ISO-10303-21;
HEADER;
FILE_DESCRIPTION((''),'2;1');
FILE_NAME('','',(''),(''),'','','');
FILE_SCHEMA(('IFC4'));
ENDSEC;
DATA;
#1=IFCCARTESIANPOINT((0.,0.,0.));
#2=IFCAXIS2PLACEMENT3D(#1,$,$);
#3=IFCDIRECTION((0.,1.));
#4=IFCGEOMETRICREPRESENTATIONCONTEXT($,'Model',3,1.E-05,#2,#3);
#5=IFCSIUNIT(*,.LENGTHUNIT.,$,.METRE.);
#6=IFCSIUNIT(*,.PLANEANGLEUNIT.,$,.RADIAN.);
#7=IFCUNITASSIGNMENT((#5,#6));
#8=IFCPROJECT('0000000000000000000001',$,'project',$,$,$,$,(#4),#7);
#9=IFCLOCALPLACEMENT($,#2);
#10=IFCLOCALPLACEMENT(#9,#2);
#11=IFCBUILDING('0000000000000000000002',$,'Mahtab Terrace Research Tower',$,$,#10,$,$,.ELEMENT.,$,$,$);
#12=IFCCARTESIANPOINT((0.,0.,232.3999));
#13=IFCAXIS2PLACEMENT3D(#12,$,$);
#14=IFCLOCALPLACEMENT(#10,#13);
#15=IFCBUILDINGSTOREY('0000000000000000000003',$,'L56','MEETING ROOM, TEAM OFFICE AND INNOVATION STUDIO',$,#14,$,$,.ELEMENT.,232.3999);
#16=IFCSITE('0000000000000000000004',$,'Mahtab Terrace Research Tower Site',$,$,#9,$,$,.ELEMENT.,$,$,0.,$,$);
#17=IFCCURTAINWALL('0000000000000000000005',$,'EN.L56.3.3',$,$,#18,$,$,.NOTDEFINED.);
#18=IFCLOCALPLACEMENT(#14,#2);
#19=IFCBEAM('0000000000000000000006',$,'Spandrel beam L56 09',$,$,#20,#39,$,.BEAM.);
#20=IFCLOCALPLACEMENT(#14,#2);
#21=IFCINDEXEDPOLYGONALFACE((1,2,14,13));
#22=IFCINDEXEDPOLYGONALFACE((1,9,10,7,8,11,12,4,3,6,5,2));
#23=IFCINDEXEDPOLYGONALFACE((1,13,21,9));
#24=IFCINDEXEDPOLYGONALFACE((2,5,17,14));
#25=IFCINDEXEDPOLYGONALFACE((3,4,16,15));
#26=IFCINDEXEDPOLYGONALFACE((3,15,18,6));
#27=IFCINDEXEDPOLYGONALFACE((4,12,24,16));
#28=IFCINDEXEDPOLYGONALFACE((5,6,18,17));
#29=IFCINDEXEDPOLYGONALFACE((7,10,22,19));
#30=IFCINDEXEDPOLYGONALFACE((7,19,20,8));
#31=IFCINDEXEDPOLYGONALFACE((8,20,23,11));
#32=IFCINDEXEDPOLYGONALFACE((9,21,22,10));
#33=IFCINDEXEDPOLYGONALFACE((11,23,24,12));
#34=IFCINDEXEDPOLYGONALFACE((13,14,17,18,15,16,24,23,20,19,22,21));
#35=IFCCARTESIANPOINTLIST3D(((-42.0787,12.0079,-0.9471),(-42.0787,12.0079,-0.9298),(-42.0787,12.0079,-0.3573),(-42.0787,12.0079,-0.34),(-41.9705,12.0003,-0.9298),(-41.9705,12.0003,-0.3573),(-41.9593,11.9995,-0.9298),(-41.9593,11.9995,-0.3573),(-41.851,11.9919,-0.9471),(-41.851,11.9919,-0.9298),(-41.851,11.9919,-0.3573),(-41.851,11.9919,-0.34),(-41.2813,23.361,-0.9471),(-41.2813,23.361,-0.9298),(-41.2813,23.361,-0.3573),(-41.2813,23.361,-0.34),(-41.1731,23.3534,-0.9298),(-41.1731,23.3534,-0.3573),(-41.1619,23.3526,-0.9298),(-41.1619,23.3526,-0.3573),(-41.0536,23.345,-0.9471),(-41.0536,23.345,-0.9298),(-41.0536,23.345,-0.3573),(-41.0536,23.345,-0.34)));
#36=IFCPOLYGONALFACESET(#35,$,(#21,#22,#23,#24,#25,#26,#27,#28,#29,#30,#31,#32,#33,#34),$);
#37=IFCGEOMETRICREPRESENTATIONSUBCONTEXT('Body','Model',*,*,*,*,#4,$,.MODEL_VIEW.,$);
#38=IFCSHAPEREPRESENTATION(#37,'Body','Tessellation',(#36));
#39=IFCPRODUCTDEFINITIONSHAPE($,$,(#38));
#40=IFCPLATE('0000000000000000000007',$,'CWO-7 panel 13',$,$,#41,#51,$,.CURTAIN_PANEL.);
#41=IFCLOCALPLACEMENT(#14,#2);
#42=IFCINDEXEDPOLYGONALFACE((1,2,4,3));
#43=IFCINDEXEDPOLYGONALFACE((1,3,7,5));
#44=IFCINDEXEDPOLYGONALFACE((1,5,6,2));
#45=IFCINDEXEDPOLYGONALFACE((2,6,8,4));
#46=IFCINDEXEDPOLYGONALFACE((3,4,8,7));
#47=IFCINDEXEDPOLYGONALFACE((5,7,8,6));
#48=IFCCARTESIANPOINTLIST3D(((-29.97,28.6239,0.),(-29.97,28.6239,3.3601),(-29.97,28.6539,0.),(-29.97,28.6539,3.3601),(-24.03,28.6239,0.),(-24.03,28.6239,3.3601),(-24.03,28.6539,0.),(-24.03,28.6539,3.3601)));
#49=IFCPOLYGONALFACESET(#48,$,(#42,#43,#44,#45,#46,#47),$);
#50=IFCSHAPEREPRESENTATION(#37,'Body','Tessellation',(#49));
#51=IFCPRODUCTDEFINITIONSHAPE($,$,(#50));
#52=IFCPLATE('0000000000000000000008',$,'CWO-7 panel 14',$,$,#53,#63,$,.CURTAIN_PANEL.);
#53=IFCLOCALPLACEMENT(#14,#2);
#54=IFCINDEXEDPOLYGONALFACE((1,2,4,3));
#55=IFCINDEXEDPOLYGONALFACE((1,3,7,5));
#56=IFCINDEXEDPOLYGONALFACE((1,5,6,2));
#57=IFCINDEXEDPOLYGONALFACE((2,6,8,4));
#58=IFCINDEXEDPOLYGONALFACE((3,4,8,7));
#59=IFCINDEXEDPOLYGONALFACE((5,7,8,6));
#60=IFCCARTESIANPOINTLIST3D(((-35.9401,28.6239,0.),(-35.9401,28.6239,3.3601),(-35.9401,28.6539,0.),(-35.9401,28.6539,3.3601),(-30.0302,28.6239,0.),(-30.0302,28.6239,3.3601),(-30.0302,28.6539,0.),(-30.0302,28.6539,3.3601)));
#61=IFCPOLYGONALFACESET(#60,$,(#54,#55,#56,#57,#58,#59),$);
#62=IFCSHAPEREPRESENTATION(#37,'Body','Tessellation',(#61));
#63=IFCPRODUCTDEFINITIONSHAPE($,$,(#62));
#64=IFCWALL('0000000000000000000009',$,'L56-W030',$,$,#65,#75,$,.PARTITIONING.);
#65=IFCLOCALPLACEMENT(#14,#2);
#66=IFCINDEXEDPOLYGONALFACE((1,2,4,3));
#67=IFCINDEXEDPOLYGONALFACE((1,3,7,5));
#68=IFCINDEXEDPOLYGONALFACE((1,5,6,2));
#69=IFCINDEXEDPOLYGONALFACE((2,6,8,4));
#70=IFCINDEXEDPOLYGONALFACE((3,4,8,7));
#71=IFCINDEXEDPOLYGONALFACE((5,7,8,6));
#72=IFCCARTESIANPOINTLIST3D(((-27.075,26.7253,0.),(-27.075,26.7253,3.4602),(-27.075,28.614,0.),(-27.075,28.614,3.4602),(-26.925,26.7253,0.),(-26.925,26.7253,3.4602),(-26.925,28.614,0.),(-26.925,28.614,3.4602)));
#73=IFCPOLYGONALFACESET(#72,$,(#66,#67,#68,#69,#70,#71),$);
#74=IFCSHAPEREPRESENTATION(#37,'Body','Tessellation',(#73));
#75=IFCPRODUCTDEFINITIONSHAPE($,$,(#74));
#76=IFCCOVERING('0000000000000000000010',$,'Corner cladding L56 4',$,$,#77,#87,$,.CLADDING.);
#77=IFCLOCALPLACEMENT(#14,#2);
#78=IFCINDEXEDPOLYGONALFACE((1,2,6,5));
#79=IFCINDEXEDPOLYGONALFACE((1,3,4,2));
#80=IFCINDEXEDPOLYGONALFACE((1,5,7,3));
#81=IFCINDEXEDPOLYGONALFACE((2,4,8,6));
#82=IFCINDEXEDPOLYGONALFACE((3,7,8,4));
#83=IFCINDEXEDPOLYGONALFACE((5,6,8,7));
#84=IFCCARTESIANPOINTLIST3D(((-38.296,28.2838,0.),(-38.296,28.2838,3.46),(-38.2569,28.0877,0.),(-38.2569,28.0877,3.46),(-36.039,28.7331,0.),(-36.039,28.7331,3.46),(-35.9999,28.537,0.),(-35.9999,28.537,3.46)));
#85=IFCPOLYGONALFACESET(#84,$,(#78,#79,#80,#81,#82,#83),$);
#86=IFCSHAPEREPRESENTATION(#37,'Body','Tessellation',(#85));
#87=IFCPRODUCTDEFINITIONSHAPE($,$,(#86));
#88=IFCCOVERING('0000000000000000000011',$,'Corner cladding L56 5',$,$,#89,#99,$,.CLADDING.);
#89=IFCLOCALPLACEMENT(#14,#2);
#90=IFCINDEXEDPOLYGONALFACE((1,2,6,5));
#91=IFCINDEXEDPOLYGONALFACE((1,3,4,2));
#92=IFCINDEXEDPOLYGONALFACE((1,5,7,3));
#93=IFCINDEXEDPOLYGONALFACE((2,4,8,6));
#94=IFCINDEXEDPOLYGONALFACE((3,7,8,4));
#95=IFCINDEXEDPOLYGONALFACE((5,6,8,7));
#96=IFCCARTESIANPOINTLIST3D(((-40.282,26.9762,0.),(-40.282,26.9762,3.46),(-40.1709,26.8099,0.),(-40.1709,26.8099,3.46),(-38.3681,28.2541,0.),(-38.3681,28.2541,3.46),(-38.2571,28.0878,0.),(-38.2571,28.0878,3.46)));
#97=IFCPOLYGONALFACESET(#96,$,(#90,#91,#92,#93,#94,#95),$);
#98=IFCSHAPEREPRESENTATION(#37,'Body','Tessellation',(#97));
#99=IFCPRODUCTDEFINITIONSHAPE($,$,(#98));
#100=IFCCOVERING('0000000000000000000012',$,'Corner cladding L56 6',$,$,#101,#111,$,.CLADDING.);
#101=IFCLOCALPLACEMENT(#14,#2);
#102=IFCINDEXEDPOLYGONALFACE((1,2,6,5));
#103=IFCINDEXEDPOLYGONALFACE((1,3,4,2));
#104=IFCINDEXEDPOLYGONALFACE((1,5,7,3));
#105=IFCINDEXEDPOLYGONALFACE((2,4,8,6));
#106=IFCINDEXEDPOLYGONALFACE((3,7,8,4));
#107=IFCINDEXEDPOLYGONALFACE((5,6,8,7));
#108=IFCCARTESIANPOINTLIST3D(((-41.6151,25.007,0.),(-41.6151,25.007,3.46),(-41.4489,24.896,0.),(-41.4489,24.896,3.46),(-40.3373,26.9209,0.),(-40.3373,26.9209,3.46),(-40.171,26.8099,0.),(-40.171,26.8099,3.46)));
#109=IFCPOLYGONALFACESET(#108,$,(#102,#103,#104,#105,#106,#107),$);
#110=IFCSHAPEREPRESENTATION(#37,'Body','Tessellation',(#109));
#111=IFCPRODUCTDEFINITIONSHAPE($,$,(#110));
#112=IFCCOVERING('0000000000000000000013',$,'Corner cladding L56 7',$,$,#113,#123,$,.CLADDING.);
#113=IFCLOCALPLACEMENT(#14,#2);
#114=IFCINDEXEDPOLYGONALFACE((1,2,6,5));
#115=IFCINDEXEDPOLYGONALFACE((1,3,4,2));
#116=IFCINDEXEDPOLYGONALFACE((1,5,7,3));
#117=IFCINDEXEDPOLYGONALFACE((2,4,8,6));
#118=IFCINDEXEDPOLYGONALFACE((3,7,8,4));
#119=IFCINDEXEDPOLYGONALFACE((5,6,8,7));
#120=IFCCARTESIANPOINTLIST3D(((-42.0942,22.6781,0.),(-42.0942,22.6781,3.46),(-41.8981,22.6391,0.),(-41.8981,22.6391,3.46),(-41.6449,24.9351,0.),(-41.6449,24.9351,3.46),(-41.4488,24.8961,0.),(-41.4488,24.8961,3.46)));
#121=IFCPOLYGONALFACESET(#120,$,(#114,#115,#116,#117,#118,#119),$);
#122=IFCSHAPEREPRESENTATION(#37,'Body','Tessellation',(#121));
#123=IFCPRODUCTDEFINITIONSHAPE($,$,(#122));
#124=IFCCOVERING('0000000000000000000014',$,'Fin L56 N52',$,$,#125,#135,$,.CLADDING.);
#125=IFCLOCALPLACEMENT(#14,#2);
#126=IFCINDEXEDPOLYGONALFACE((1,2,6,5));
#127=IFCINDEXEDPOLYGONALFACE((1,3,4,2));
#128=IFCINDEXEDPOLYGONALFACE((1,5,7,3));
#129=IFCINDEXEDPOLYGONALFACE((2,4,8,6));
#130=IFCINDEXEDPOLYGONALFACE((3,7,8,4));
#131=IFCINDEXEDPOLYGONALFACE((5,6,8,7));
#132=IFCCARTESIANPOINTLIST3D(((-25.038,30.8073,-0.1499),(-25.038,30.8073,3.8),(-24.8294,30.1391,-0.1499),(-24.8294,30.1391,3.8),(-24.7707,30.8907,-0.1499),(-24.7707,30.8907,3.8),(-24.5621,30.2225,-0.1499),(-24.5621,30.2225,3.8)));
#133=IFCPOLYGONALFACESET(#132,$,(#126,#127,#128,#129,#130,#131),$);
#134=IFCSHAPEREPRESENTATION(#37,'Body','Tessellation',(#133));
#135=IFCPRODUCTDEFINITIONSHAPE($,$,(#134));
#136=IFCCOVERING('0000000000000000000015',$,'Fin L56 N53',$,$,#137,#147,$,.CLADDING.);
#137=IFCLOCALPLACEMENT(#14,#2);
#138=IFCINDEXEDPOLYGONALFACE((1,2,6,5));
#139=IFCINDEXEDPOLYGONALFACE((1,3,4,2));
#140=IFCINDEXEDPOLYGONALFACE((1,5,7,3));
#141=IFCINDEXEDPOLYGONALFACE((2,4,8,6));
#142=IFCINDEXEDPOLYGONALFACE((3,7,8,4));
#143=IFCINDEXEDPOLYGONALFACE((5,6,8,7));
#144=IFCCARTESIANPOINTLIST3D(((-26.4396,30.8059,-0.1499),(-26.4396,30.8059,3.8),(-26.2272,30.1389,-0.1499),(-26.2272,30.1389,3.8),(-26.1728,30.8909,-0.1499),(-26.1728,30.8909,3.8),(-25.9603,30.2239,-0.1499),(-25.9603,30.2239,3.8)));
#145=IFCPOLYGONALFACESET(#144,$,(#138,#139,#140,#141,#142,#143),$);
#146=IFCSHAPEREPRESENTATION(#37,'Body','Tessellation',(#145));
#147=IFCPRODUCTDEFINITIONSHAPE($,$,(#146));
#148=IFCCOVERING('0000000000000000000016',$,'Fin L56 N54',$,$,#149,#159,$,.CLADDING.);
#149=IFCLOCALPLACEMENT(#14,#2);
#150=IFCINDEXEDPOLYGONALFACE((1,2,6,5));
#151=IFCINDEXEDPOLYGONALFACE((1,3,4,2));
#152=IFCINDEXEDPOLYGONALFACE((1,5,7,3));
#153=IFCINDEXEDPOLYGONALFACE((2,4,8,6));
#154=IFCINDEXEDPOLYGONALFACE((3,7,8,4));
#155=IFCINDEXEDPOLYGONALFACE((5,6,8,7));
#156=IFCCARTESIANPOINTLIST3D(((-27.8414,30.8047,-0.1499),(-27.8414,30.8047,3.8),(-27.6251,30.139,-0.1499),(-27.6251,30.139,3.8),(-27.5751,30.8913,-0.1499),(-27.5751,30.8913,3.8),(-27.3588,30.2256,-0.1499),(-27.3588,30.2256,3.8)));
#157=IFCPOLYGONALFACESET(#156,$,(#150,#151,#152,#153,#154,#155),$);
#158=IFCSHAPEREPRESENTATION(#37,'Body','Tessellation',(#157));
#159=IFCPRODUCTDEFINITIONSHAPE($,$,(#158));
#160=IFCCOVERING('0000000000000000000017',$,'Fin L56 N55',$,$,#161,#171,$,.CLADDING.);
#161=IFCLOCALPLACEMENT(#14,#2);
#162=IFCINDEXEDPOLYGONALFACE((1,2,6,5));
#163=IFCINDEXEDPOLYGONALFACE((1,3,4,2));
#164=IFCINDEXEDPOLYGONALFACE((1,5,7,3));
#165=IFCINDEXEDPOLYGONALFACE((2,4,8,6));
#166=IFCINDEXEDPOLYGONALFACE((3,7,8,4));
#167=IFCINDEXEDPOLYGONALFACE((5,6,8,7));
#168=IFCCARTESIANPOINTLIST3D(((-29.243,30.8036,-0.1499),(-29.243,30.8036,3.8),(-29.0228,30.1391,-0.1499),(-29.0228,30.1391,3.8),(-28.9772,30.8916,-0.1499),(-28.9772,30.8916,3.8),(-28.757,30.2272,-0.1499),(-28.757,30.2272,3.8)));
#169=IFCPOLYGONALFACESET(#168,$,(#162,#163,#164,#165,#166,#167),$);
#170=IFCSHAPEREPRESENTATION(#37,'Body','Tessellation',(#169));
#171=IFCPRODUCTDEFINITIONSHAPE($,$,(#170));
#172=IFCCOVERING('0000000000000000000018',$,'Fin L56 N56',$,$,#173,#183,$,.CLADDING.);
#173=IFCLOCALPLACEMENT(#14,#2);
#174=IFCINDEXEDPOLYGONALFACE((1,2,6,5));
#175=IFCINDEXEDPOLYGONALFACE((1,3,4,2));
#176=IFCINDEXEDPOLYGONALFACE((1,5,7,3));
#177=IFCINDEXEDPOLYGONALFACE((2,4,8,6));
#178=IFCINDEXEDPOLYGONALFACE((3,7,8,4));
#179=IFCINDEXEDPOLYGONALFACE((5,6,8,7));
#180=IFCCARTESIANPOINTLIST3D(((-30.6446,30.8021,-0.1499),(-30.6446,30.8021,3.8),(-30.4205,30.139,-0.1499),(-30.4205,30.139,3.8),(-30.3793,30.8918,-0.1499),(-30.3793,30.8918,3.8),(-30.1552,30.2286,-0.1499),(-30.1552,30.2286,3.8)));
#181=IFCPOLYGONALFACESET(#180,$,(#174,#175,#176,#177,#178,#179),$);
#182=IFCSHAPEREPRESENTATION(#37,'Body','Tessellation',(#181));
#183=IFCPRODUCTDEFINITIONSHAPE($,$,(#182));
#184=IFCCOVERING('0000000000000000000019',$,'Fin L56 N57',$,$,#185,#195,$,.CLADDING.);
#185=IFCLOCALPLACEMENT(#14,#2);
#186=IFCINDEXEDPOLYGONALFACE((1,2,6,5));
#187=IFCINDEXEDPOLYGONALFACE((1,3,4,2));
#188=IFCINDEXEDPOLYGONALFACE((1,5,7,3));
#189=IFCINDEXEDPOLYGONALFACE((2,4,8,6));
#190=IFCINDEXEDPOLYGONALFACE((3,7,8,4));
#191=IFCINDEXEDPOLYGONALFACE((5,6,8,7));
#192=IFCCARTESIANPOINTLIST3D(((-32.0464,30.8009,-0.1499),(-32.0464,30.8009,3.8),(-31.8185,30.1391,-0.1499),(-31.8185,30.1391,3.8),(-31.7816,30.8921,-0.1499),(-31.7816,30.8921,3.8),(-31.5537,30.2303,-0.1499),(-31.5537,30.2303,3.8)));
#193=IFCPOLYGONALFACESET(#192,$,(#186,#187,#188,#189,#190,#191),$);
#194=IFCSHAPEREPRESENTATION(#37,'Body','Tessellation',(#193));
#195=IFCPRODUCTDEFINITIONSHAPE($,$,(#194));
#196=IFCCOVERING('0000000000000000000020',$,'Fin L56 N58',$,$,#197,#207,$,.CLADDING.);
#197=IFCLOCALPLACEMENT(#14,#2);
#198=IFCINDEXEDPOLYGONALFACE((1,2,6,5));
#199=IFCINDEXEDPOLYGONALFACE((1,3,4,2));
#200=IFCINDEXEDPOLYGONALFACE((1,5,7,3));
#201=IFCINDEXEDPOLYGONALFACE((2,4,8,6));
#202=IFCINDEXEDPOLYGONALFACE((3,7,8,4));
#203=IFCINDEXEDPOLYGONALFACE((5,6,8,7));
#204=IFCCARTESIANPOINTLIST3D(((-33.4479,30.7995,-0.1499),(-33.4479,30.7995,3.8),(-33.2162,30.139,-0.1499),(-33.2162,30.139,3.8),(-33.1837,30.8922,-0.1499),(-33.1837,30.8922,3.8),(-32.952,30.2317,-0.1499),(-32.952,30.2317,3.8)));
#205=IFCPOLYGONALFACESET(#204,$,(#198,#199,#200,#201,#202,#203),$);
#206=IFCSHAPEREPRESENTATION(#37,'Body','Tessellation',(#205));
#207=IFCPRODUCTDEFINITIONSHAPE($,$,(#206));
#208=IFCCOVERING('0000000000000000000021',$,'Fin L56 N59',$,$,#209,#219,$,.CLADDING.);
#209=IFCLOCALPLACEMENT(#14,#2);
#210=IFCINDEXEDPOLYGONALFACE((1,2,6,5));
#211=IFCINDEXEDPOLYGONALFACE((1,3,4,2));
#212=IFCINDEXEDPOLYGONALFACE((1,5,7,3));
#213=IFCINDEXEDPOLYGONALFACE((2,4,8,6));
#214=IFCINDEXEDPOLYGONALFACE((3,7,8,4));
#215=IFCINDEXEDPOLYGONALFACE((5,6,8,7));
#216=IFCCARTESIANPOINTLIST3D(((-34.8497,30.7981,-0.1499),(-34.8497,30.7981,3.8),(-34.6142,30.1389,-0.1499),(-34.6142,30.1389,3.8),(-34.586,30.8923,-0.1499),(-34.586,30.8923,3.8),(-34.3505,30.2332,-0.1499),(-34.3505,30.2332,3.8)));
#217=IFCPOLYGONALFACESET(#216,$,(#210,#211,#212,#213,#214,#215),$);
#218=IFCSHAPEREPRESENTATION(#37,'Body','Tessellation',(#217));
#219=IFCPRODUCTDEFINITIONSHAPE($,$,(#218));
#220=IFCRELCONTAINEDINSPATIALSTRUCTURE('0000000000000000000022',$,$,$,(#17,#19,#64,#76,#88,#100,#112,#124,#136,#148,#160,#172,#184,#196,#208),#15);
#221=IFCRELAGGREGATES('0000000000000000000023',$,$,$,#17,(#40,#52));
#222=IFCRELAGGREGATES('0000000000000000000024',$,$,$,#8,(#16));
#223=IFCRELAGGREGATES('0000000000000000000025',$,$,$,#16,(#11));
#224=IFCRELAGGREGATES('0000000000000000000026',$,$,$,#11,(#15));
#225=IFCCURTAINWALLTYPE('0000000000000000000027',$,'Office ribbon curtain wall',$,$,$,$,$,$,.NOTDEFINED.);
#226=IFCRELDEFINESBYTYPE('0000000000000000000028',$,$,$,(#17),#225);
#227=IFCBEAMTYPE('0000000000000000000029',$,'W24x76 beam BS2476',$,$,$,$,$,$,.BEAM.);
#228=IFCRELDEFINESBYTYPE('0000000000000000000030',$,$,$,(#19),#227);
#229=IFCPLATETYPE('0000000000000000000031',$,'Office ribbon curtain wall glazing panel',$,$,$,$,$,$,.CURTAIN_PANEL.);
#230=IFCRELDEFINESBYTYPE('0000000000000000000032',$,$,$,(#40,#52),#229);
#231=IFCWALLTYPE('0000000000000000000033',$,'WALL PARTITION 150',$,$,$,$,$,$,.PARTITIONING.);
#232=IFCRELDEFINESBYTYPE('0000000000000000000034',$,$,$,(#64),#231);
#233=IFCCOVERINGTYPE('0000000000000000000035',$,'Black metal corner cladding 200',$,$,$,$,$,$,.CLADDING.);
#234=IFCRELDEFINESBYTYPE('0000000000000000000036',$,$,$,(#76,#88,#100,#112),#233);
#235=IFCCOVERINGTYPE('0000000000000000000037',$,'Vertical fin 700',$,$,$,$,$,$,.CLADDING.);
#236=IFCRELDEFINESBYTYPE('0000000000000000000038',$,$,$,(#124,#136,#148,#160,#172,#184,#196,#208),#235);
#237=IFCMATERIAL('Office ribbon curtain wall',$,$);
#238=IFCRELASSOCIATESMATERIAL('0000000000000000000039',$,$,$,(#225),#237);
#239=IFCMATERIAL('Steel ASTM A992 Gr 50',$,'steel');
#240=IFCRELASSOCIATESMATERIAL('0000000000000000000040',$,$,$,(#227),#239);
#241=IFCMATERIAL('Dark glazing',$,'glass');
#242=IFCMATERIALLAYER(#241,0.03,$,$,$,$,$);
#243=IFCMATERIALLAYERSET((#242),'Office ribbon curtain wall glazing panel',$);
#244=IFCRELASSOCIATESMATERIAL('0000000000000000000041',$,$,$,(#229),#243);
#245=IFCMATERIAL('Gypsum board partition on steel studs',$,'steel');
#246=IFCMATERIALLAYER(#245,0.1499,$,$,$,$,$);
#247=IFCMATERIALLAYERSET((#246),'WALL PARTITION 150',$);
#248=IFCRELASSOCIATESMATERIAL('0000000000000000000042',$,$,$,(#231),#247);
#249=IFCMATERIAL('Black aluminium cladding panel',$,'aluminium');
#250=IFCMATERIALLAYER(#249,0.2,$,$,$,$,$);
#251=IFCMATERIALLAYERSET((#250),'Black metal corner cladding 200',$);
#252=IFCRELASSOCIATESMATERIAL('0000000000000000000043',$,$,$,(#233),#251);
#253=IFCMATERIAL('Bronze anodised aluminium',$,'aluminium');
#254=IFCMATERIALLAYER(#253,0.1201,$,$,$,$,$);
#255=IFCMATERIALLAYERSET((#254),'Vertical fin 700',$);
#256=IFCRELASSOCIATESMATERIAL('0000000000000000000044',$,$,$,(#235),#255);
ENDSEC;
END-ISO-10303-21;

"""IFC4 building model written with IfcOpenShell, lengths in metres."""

from ifc_helpers import new_model, si_unit, direction, frame, frame_2d, origin, origin_2d, place, context, subcontext, project, spatial, rectangle, i_section, extrude, material, layer, layer_set, material_profile, profile_set, type_object, element, aggregate, save


model = new_model("IFC4")

# Units and contexts
model_context = context("Model", 3, precision=1e-05, world=origin(), true_north=direction((0.0, 1.0)))
body_context = subcontext(model_context, "Body", "Model", "MODEL_VIEW")
ifc_project = project(units=[si_unit("LENGTHUNIT", "METRE"), si_unit("PLANEANGLEUNIT", "RADIAN")], contexts=[model_context])

# Site, building, storey
site_placement = place(None, origin())
site = spatial("IfcSite", under=ifc_project, at=site_placement, Name="Mahtab Terrace Research Tower Site", CompositionType="ELEMENT", RefElevation=0.0)
building_placement = place(site_placement, origin())
building = spatial("IfcBuilding", under=site, at=building_placement, Name="Mahtab Terrace Research Tower", CompositionType="ELEMENT")
storey_placement = place(building_placement, frame((0.0, 0.0, 232.3999)))
storey = spatial("IfcBuildingStorey", under=building, at=storey_placement, Name="L56", Description="MEETING ROOM, TEAM OFFICE AND INNOVATION STUDIO", CompositionType="ELEMENT", Elevation=232.3999)

# Shared definitions
ifc_material_1 = material(Name="Steel ASTM A992 Gr 50", Category="steel")

# Curtain wall
ifc_material_2 = material(Name="Office ribbon curtain wall")
curtain_wall_type = type_object("IfcCurtainWallType", Name="Office ribbon curtain wall", PredefinedType="NOTDEFINED", material=ifc_material_2)
curtain_wall_1_placement = place(storey_placement, origin())
curtain_wall_1 = element("IfcCurtainWall", 1, at=curtain_wall_1_placement, inside=storey, type_object=curtain_wall_type, Name="EN.L56.3.3", PredefinedType="NOTDEFINED")

# Beam
ifc_material_profile_1 = material_profile(ifc_material_1, i_section(OverallWidth=0.2283, OverallDepth=0.6072, WebThickness=0.0112, FlangeThickness=0.0173, at=origin_2d()), Name="W24X76")
ifc_profile_set_1 = profile_set([ifc_material_profile_1], Name="Steel ASTM A992 Gr 50")
beam_type = type_object("IfcBeamType", Name="W24x76 beam BS2476", PredefinedType="BEAM", material=ifc_profile_set_1)
beam_1_placement = place(storey_placement, frame((-41.1675, 23.353, -0.6436), z_axis=(-0.070061, -0.997543, 0.0), x_axis=(0.997543, -0.070061, 0.0)))
element("IfcBeam", 2, at=beam_1_placement, inside=storey, type_object=beam_type, Name="Spandrel beam L56 09", PredefinedType="BEAM", context=body_context, shape_type="SweptSolid", body=[
    extrude(i_section(OverallWidth=0.2283, OverallDepth=0.6072, WebThickness=0.0112, FlangeThickness=0.0173, at=origin_2d()), origin(), (0.0, 0.0, 1.0), 11.3811),
])

# Plates
ifc_material_3 = material(Name="Dark glazing", Category="glass")
ifc_layer_1 = layer(ifc_material_3, 0.03)
ifc_layer_set_1 = layer_set([ifc_layer_1], Name="Office ribbon curtain wall glazing panel")
plate_type = type_object("IfcPlateType", Name="Office ribbon curtain wall glazing panel", PredefinedType="CURTAIN_PANEL", material=ifc_layer_set_1)
plate_1_placement = place(storey_placement, frame((-27.0, 28.6389, 0.0), z_axis=(0.0, 0.0, 1.0), x_axis=(-1.0, 0.0, 0.0)))
plate_1 = element("IfcPlate", 3, at=plate_1_placement, type_object=plate_type, Name="CWO-7 panel 13", PredefinedType="CURTAIN_PANEL", context=body_context, shape_type="SweptSolid", body=[
    extrude(rectangle(XDim=5.9399, YDim=0.03, at=origin_2d()), origin(), (0.0, 0.0, 1.0), 3.3601),
])
plate_2_placement = place(storey_placement, frame((-32.9851, 28.6389, 0.0), z_axis=(0.0, 0.0, 1.0), x_axis=(-1.0, 0.0, 0.0)))
plate_2 = element("IfcPlate", 4, at=plate_2_placement, type_object=plate_type, Name="CWO-7 panel 14", PredefinedType="CURTAIN_PANEL", context=body_context, shape_type="SweptSolid", body=[
    extrude(rectangle(XDim=5.9099, YDim=0.03, at=origin_2d()), origin(), (0.0, 0.0, 1.0), 3.3601),
])
aggregate(curtain_wall_1, [plate_1, plate_2])

# Wall
ifc_material_4 = material(Name="Gypsum board partition on steel studs", Category="steel")
ifc_layer_2 = layer(ifc_material_4, 0.1499)
ifc_layer_set_2 = layer_set([ifc_layer_2], Name="WALL PARTITION 150")
wall_type = type_object("IfcWallType", Name="WALL PARTITION 150", PredefinedType="PARTITIONING", material=ifc_layer_set_2)
wall_placement = place(storey_placement, frame((-27.0, 26.7253, 0.0), z_axis=(0.0, 0.0, 1.0), x_axis=(0.0, 1.0, 0.0)))
element("IfcWall", 5, at=wall_placement, inside=storey, type_object=wall_type, Name="L56-W030", PredefinedType="PARTITIONING", context=body_context, shape_type="SweptSolid", body=[
    extrude(rectangle(XDim=1.8887, YDim=0.1499, at=frame_2d((0.9443, 0.0))), origin(), (0.0, 0.0, 1.0), 3.4602),
])

# Coverings
ifc_material_5 = material(Name="Black aluminium cladding panel", Category="aluminium")
ifc_layer_3 = layer(ifc_material_5, 0.2)
ifc_layer_set_3 = layer_set([ifc_layer_3], Name="Black metal corner cladding 200")
covering_type_1 = type_object("IfcCoveringType", Name="Black metal corner cladding 200", PredefinedType="CLADDING", material=ifc_layer_set_3)
for number, where, z_axis, x_axis, name in (
    (6, (-37.1479, 28.4104, 0.0), (0.0, 0.0, 1.0), (-0.980761, -0.195212, 0.0), "Corner cladding L56 4"),
    (7, (-39.2695, 27.532, 0.0), (0.0, 0.0, 1.0), (-0.831656, -0.555291, 0.0), "Corner cladding L56 5"),
    (8, (-40.8931, 25.9084, 0.0), (0.0, 0.0, 1.0), (-0.555291, -0.831656, 0.0), "Corner cladding L56 6"),
    (9, (-41.7715, 23.7871, 0.0), (0.0, 0.0, 1.0), (-0.195212, -0.980761, 0.0), "Corner cladding L56 7"),
):
    element("IfcCovering", number, at=place(storey_placement, frame(where, z_axis=z_axis, x_axis=x_axis)), inside=storey, type_object=covering_type_1, Name=name, PredefinedType="CLADDING", context=body_context, shape_type="SweptSolid", body=[
        extrude(rectangle(XDim=2.3013, YDim=0.2, at=origin_2d()), origin(), (0.0, 0.0, 1.0), 3.46),
    ])
ifc_material_6 = material(Name="Bronze anodised aluminium", Category="aluminium")
ifc_layer_4 = layer(ifc_material_6, 0.1201)
ifc_layer_set_4 = layer_set([ifc_layer_4], Name="Vertical fin 700")
covering_type_2 = type_object("IfcCoveringType", Name="Vertical fin 700", PredefinedType="CLADDING", material=ifc_layer_set_4)
for number, where, z_axis, x_axis, name in (
    (10, (-24.8, 30.5149, -0.1499), (0.0, 0.0, 1.0), (-0.954588, -0.29793, 0.0), "Fin L56 N52"),
    (11, (-26.2, 30.5149, -0.1499), (0.0, 0.0, 1.0), (-0.952838, -0.303479, 0.0), "Fin L56 N53"),
    (12, (-27.6001, 30.5151, -0.1499), (0.0, 0.0, 1.0), (-0.951057, -0.309017, 0.0), "Fin L56 N54"),
    (13, (-29.0, 30.5154, -0.1499), (0.0, 0.0, 1.0), (-0.949243, -0.314545, 0.0), "Fin L56 N55"),
    (14, (-30.3999, 30.5154, -0.1499), (0.0, 0.0, 1.0), (-0.947397, -0.320062, 0.0), "Fin L56 N56"),
    (15, (-31.8, 30.5156, -0.1499), (0.0, 0.0, 1.0), (-0.945519, -0.325568, 0.0), "Fin L56 N57"),
    (16, (-33.2, 30.5156, -0.1499), (0.0, 0.0, 1.0), (-0.943609, -0.331063, 0.0), "Fin L56 N58"),
    (17, (-34.6001, 30.5156, -0.1499), (0.0, 0.0, 1.0), (-0.941666, -0.336547, 0.0), "Fin L56 N59"),
):
    element("IfcCovering", number, at=place(storey_placement, frame(where, z_axis=z_axis, x_axis=x_axis)), inside=storey, type_object=covering_type_2, Name=name, PredefinedType="CLADDING", context=body_context, shape_type="SweptSolid", body=[
        extrude(rectangle(XDim=0.28, YDim=0.7, at=origin_2d()), origin(), (0.0, 0.0, 1.0), 3.95),
    ])

save(model, "model.ifc")
